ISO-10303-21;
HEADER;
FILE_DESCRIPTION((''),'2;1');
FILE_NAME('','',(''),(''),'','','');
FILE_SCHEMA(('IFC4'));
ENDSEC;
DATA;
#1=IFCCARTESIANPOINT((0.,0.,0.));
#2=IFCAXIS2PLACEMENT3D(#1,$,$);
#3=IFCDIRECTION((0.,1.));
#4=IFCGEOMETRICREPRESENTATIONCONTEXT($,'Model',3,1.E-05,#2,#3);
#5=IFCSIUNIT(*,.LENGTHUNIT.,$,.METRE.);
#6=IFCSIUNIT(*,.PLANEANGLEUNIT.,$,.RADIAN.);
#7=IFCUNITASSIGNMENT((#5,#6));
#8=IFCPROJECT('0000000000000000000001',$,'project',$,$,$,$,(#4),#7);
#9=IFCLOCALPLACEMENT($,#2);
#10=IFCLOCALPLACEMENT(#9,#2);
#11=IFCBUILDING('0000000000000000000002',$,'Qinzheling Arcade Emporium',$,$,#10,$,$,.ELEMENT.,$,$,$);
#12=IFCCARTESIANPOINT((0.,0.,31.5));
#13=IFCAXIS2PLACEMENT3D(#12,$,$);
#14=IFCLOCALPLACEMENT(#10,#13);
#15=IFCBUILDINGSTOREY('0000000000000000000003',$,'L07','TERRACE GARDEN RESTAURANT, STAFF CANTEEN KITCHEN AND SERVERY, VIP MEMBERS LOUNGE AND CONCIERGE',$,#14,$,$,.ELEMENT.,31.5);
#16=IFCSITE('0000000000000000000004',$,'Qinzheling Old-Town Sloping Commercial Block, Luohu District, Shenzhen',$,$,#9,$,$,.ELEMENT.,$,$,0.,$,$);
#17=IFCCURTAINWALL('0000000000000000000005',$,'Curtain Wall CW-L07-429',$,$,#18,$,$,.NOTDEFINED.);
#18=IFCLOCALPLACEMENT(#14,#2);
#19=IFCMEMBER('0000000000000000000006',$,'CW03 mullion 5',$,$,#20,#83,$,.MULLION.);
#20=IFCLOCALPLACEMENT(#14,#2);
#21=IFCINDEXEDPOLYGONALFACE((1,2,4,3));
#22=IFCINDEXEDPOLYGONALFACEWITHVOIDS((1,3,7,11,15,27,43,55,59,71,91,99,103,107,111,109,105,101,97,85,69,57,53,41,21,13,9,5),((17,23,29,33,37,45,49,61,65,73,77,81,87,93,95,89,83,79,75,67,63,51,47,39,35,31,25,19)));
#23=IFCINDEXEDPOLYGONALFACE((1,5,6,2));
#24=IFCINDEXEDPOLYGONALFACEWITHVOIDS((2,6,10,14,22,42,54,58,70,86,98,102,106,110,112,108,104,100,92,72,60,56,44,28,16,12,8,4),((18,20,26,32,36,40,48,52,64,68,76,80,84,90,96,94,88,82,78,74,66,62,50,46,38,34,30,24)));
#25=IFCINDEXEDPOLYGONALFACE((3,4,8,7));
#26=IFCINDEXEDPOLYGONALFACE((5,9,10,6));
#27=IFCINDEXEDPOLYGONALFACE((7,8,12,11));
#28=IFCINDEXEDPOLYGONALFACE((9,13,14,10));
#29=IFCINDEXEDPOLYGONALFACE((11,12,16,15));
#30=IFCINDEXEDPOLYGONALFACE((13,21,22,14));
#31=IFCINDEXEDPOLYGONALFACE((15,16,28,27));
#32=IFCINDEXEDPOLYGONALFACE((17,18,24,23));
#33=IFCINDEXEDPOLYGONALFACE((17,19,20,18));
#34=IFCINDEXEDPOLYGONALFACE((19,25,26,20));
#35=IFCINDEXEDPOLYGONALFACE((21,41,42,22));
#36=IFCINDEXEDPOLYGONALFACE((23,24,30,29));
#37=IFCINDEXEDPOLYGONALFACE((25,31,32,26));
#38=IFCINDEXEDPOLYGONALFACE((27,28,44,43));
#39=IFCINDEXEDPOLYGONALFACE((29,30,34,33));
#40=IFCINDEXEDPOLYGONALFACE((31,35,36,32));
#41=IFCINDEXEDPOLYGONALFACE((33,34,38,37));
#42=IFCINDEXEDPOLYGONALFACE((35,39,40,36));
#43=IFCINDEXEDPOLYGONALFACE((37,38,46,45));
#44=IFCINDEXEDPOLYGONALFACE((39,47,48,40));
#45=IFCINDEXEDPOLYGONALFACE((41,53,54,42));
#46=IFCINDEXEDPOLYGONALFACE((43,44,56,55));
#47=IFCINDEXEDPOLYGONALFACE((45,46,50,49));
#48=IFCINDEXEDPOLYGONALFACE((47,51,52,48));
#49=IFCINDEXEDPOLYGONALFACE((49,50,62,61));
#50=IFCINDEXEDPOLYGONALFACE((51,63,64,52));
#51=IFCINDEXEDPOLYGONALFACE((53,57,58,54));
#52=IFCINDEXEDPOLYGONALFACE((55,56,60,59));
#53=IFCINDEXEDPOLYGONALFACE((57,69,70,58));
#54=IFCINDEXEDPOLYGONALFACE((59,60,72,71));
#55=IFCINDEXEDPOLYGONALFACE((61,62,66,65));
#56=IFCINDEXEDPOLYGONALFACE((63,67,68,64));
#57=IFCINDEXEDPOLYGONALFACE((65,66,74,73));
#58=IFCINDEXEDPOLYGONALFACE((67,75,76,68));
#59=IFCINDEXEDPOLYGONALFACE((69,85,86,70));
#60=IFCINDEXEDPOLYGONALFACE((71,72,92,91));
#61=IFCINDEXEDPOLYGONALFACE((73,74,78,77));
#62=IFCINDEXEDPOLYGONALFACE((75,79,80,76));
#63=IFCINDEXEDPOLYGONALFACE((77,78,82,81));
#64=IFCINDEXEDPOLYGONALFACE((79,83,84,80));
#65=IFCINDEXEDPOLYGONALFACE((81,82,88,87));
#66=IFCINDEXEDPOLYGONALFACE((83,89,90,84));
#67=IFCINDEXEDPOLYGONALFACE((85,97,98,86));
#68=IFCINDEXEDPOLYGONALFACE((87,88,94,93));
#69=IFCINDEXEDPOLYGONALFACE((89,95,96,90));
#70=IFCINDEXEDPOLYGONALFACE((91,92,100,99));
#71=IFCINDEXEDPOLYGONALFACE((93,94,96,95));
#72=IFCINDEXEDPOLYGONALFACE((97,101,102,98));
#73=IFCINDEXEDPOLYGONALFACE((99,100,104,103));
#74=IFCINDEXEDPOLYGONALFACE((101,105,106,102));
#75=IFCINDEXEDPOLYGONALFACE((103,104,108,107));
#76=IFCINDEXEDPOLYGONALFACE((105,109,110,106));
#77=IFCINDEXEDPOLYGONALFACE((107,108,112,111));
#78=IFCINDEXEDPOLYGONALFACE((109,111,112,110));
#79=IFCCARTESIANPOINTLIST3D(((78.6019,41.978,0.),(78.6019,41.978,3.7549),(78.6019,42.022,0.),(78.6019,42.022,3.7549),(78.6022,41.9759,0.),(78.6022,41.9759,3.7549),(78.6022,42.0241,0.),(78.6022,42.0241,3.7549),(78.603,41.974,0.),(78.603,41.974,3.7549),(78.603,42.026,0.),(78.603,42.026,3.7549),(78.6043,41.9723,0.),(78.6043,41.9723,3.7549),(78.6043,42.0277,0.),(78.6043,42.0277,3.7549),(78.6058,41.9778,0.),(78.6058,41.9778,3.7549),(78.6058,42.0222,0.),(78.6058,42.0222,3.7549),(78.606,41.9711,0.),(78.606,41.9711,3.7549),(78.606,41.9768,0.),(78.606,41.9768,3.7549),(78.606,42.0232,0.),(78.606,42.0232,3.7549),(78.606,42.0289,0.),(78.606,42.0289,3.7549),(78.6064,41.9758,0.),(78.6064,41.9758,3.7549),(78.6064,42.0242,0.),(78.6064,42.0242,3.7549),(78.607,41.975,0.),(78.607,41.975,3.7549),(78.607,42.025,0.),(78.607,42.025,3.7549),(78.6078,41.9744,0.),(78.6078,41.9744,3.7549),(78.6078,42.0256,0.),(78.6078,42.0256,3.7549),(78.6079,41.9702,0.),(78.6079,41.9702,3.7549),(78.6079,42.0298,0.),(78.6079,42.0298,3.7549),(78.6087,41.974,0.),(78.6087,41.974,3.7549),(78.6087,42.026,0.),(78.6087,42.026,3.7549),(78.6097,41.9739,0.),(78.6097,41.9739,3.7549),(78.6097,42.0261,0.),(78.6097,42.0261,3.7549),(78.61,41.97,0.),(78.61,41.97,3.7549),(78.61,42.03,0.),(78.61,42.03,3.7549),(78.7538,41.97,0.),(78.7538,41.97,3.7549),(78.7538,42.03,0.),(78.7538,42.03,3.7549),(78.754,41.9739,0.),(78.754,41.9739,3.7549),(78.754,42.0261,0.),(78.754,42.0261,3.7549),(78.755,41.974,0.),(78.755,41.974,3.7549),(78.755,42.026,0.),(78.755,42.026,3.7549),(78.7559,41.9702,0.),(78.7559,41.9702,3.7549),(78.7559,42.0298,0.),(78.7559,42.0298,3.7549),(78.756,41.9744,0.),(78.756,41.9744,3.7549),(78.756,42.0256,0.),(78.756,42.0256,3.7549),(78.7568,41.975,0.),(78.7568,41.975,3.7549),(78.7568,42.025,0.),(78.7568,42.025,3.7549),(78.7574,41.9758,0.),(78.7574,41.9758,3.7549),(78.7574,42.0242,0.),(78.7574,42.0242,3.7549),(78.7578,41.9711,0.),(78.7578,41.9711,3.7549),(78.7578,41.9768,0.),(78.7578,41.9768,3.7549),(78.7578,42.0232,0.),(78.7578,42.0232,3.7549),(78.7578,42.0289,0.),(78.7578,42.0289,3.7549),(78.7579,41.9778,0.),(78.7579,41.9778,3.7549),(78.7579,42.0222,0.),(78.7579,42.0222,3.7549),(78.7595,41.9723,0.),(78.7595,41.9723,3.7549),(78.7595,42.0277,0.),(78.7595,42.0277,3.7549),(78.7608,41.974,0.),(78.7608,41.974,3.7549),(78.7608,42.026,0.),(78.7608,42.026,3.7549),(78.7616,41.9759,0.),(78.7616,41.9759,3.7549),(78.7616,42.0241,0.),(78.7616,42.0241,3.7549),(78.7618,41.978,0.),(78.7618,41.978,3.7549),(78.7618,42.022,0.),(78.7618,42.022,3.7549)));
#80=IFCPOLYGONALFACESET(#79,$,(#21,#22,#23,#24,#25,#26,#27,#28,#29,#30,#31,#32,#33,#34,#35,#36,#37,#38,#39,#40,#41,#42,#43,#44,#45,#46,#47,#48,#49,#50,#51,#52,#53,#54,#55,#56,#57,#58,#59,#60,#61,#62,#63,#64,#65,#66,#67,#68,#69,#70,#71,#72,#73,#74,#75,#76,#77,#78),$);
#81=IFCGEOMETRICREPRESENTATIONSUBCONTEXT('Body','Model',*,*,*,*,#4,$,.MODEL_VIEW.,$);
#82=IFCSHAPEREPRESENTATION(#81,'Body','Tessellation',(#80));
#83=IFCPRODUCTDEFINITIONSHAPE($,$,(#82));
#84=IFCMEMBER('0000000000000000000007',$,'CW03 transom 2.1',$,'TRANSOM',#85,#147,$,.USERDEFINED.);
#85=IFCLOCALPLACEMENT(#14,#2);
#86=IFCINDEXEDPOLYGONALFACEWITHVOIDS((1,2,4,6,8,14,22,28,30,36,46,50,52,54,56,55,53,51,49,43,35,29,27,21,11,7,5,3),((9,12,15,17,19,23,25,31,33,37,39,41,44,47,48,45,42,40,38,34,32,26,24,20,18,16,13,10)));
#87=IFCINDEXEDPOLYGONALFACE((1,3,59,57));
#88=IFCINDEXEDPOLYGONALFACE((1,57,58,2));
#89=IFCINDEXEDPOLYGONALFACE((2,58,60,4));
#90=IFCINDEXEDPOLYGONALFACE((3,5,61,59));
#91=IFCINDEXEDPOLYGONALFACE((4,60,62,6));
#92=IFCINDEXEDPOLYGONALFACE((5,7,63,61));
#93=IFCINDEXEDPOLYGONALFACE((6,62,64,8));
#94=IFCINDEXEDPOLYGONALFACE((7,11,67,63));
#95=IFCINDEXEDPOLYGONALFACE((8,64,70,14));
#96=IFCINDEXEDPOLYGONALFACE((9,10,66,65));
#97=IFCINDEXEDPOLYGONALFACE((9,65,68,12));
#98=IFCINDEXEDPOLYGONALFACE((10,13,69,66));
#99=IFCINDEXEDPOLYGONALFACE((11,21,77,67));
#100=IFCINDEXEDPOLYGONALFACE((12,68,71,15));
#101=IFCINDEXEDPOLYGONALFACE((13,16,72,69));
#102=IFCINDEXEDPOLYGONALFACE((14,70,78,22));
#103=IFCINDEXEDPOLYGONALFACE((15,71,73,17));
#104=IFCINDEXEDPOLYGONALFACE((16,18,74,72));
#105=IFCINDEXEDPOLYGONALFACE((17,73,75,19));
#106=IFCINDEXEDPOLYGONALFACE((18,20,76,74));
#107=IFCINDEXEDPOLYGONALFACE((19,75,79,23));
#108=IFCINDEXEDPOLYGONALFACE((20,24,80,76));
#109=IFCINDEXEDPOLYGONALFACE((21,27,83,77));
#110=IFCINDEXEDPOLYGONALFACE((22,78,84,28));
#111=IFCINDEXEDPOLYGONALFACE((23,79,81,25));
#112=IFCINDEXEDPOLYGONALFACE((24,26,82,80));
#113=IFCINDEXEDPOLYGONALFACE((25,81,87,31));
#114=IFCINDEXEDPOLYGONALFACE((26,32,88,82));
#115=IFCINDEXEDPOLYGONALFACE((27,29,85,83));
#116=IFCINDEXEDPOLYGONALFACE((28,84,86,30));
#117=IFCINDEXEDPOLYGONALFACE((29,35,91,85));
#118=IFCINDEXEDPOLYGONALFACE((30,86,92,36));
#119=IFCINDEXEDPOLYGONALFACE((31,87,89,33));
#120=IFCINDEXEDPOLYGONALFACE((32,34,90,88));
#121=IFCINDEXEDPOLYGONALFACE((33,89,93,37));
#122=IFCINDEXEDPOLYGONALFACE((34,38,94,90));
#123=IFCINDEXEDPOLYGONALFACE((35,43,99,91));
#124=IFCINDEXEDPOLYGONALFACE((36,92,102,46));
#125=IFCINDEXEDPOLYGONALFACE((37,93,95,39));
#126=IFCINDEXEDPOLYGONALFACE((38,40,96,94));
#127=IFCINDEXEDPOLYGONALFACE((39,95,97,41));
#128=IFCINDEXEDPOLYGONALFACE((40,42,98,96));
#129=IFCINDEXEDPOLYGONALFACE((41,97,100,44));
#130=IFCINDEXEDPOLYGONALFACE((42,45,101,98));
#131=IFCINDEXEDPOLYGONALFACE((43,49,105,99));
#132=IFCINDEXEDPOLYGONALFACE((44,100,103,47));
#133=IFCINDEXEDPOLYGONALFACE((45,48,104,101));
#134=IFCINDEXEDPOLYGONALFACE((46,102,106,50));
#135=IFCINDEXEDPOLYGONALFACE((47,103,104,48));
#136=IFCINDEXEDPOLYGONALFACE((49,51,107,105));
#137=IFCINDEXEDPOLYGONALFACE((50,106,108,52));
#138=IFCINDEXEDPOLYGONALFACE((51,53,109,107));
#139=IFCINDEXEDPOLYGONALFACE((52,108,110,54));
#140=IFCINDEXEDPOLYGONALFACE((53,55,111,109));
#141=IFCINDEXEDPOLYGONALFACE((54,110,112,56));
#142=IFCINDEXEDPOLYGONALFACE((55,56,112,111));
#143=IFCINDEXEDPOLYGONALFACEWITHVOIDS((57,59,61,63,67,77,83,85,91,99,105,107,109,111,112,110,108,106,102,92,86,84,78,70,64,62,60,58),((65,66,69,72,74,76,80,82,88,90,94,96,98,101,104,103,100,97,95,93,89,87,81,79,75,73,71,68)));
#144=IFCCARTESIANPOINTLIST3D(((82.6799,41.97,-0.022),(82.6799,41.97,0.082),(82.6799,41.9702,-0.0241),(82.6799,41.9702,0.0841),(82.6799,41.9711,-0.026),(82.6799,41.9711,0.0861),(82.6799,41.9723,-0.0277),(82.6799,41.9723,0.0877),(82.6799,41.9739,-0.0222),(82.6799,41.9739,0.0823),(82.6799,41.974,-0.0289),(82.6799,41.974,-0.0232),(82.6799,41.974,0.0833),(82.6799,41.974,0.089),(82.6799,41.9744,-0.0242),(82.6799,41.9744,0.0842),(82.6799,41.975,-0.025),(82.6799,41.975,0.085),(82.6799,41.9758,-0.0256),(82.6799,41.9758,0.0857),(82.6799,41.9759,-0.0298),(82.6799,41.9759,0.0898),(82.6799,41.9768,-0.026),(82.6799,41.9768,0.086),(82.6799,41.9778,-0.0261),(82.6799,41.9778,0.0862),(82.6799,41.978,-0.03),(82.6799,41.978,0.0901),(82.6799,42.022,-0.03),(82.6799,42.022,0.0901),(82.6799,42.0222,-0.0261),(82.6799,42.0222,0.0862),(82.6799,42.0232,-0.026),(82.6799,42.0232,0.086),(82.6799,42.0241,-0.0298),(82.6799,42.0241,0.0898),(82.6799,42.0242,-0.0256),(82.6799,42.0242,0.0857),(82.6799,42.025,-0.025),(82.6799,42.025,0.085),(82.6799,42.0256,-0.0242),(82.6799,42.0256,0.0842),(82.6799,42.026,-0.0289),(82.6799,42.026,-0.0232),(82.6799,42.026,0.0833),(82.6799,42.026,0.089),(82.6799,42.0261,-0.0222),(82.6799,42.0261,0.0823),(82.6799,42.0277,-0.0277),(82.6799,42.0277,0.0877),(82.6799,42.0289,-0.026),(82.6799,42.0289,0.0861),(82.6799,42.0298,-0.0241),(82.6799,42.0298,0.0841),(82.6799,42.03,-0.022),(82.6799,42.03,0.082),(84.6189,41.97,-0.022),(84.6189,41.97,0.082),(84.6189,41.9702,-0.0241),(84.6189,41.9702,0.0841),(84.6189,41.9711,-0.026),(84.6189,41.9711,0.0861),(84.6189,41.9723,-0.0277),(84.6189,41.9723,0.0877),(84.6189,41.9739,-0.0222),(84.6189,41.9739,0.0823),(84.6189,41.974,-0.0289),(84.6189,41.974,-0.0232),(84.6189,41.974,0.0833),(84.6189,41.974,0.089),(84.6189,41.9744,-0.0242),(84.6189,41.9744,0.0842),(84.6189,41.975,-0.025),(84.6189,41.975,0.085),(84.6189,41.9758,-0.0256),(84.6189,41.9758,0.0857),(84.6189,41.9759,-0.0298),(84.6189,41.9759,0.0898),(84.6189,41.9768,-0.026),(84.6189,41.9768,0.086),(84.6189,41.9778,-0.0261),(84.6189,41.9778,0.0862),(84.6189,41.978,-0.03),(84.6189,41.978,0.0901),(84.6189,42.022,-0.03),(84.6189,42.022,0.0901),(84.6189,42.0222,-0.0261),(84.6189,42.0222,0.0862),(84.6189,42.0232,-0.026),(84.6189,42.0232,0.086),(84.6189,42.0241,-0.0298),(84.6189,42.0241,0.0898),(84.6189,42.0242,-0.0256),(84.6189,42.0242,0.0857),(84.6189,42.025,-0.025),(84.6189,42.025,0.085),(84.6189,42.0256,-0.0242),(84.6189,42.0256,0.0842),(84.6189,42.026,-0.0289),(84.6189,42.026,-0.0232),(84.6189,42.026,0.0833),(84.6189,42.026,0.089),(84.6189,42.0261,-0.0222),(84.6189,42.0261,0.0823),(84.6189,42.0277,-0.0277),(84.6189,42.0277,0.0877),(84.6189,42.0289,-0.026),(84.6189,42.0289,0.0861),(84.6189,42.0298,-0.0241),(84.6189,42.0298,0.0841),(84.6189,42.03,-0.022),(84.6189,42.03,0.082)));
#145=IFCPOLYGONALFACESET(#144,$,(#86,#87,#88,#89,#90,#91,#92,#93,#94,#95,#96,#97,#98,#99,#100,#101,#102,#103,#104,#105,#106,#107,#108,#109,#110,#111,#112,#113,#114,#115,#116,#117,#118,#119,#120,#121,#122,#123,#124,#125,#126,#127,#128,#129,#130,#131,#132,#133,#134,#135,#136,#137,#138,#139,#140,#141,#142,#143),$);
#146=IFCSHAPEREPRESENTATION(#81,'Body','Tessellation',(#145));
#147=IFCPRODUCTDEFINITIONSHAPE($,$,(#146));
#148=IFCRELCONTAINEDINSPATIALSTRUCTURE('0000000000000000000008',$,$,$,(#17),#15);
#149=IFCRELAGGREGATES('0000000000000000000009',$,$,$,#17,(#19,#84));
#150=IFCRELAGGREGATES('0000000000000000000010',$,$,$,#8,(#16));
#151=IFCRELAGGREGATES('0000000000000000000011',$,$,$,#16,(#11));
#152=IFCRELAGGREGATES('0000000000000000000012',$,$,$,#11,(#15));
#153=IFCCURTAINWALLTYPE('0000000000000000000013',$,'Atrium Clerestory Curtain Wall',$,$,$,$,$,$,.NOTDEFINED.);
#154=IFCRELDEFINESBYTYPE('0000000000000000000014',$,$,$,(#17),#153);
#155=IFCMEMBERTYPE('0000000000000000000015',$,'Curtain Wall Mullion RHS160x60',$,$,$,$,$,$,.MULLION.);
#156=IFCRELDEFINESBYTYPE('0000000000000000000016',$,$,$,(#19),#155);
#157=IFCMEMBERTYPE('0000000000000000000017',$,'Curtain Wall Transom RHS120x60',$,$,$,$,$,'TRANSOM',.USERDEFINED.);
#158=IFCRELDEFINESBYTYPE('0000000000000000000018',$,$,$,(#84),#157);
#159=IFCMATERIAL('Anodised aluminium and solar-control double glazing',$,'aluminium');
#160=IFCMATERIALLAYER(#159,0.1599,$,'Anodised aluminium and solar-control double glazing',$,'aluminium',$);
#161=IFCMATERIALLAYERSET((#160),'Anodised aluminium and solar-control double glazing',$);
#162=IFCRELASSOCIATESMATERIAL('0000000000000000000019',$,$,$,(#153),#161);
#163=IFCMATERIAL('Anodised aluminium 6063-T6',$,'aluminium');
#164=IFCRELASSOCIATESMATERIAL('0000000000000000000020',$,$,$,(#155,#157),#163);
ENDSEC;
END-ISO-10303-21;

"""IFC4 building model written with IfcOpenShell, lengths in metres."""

from ifc_helpers import new_model, si_unit, direction, frame, origin, origin_2d, place, context, subcontext, project, spatial, hollow_rectangle, extrude, material, layer, layer_set, material_profile, profile_set, type_object, element, aggregate, save


model = new_model("IFC4")

# Units and contexts
model_context = context("Model", 3, precision=1e-05, world=origin(), true_north=direction((0.0, 1.0)))
body_context = subcontext(model_context, "Body", "Model", "MODEL_VIEW")
ifc_project = project(units=[si_unit("LENGTHUNIT", "METRE"), si_unit("PLANEANGLEUNIT", "RADIAN")], contexts=[model_context])

# Site, building, storey
site_placement = place(None, origin())
site = spatial("IfcSite", under=ifc_project, at=site_placement, Name="Qinzheling Old-Town Sloping Commercial Block, Luohu District, Shenzhen", CompositionType="ELEMENT", RefElevation=0.0)
building_placement = place(site_placement, origin())
building = spatial("IfcBuilding", under=site, at=building_placement, Name="Qinzheling Arcade Emporium", CompositionType="ELEMENT")
storey_placement = place(building_placement, frame((0.0, 0.0, 31.5)))
storey = spatial("IfcBuildingStorey", under=building, at=storey_placement, Name="L07", Description="TERRACE GARDEN RESTAURANT, STAFF CANTEEN KITCHEN AND SERVERY, VIP MEMBERS LOUNGE AND CONCIERGE", CompositionType="ELEMENT", Elevation=31.5)

# Curtain wall, members
ifc_material_1 = material(Name="Anodised aluminium and solar-control double glazing", Category="aluminium")
ifc_layer_1 = layer(ifc_material_1, 0.1599, Name="Anodised aluminium and solar-control double glazing", Category="aluminium")
ifc_layer_set_1 = layer_set([ifc_layer_1], Name="Anodised aluminium and solar-control double glazing")
curtain_wall_type = type_object("IfcCurtainWallType", Name="Atrium Clerestory Curtain Wall", PredefinedType="NOTDEFINED", material=ifc_layer_set_1)
curtain_wall_placement = place(storey_placement, origin())
curtain_wall = element("IfcCurtainWall", 1, at=curtain_wall_placement, inside=storey, type_object=curtain_wall_type, Name="Curtain Wall CW-L07-429", PredefinedType="NOTDEFINED")
ifc_material_2 = material(Name="Anodised aluminium 6063-T6", Category="aluminium")
ifc_material_profile_1 = material_profile(ifc_material_2, hollow_rectangle(XDim=0.0601, YDim=0.1599, WallThickness=0.0039, InnerFilletRadius=0.0039, OuterFilletRadius=0.0081, at=origin_2d()), Name="RHS 160x60x4", Category="aluminium")
ifc_profile_set_1 = profile_set([ifc_material_profile_1], Name="Anodised aluminium 6063-T6")
member_type_1 = type_object("IfcMemberType", Name="Curtain Wall Mullion RHS160x60", PredefinedType="MULLION", material=ifc_profile_set_1)
member_1_placement = place(storey_placement, frame((78.6819, 42.0, 0.0), z_axis=(0.0, 0.0, 1.0), x_axis=(0.0, -1.0, 0.0)))
member_1 = element("IfcMember", 2, at=member_1_placement, type_object=member_type_1, Name="CW03 mullion 5", PredefinedType="MULLION", context=body_context, shape_type="SweptSolid", body=[
    extrude(hollow_rectangle(XDim=0.0601, YDim=0.1599, WallThickness=0.0039, InnerFilletRadius=0.0039, OuterFilletRadius=0.0081, at=origin_2d()), origin(), (0.0, 0.0, 1.0), 3.7549),
])
ifc_material_profile_2 = material_profile(ifc_material_2, hollow_rectangle(XDim=0.0601, YDim=0.1201, WallThickness=0.0039, InnerFilletRadius=0.0039, OuterFilletRadius=0.0081, at=origin_2d()), Name="RHS 120x60x4", Category="aluminium")
ifc_profile_set_2 = profile_set([ifc_material_profile_2], Name="Anodised aluminium 6063-T6")
member_type_2 = type_object("IfcMemberType", Name="Curtain Wall Transom RHS120x60", ElementType="TRANSOM", PredefinedType="USERDEFINED", material=ifc_profile_set_2)
member_2_placement = place(storey_placement, frame((84.6189, 42.0, 0.03), z_axis=(-1.0, 0.0, 0.0), x_axis=(0.0, -1.0, 0.0)))
member_2 = element("IfcMember", 3, at=member_2_placement, type_object=member_type_2, Name="CW03 transom 2.1", ObjectType="TRANSOM", PredefinedType="USERDEFINED", context=body_context, shape_type="SweptSolid", body=[
    extrude(hollow_rectangle(XDim=0.0601, YDim=0.1201, WallThickness=0.0039, InnerFilletRadius=0.0039, OuterFilletRadius=0.0081, at=origin_2d()), origin(), (0.0, 0.0, 1.0), 1.939),
])
aggregate(curtain_wall, [member_1, member_2])

save(model, "model.ifc")
